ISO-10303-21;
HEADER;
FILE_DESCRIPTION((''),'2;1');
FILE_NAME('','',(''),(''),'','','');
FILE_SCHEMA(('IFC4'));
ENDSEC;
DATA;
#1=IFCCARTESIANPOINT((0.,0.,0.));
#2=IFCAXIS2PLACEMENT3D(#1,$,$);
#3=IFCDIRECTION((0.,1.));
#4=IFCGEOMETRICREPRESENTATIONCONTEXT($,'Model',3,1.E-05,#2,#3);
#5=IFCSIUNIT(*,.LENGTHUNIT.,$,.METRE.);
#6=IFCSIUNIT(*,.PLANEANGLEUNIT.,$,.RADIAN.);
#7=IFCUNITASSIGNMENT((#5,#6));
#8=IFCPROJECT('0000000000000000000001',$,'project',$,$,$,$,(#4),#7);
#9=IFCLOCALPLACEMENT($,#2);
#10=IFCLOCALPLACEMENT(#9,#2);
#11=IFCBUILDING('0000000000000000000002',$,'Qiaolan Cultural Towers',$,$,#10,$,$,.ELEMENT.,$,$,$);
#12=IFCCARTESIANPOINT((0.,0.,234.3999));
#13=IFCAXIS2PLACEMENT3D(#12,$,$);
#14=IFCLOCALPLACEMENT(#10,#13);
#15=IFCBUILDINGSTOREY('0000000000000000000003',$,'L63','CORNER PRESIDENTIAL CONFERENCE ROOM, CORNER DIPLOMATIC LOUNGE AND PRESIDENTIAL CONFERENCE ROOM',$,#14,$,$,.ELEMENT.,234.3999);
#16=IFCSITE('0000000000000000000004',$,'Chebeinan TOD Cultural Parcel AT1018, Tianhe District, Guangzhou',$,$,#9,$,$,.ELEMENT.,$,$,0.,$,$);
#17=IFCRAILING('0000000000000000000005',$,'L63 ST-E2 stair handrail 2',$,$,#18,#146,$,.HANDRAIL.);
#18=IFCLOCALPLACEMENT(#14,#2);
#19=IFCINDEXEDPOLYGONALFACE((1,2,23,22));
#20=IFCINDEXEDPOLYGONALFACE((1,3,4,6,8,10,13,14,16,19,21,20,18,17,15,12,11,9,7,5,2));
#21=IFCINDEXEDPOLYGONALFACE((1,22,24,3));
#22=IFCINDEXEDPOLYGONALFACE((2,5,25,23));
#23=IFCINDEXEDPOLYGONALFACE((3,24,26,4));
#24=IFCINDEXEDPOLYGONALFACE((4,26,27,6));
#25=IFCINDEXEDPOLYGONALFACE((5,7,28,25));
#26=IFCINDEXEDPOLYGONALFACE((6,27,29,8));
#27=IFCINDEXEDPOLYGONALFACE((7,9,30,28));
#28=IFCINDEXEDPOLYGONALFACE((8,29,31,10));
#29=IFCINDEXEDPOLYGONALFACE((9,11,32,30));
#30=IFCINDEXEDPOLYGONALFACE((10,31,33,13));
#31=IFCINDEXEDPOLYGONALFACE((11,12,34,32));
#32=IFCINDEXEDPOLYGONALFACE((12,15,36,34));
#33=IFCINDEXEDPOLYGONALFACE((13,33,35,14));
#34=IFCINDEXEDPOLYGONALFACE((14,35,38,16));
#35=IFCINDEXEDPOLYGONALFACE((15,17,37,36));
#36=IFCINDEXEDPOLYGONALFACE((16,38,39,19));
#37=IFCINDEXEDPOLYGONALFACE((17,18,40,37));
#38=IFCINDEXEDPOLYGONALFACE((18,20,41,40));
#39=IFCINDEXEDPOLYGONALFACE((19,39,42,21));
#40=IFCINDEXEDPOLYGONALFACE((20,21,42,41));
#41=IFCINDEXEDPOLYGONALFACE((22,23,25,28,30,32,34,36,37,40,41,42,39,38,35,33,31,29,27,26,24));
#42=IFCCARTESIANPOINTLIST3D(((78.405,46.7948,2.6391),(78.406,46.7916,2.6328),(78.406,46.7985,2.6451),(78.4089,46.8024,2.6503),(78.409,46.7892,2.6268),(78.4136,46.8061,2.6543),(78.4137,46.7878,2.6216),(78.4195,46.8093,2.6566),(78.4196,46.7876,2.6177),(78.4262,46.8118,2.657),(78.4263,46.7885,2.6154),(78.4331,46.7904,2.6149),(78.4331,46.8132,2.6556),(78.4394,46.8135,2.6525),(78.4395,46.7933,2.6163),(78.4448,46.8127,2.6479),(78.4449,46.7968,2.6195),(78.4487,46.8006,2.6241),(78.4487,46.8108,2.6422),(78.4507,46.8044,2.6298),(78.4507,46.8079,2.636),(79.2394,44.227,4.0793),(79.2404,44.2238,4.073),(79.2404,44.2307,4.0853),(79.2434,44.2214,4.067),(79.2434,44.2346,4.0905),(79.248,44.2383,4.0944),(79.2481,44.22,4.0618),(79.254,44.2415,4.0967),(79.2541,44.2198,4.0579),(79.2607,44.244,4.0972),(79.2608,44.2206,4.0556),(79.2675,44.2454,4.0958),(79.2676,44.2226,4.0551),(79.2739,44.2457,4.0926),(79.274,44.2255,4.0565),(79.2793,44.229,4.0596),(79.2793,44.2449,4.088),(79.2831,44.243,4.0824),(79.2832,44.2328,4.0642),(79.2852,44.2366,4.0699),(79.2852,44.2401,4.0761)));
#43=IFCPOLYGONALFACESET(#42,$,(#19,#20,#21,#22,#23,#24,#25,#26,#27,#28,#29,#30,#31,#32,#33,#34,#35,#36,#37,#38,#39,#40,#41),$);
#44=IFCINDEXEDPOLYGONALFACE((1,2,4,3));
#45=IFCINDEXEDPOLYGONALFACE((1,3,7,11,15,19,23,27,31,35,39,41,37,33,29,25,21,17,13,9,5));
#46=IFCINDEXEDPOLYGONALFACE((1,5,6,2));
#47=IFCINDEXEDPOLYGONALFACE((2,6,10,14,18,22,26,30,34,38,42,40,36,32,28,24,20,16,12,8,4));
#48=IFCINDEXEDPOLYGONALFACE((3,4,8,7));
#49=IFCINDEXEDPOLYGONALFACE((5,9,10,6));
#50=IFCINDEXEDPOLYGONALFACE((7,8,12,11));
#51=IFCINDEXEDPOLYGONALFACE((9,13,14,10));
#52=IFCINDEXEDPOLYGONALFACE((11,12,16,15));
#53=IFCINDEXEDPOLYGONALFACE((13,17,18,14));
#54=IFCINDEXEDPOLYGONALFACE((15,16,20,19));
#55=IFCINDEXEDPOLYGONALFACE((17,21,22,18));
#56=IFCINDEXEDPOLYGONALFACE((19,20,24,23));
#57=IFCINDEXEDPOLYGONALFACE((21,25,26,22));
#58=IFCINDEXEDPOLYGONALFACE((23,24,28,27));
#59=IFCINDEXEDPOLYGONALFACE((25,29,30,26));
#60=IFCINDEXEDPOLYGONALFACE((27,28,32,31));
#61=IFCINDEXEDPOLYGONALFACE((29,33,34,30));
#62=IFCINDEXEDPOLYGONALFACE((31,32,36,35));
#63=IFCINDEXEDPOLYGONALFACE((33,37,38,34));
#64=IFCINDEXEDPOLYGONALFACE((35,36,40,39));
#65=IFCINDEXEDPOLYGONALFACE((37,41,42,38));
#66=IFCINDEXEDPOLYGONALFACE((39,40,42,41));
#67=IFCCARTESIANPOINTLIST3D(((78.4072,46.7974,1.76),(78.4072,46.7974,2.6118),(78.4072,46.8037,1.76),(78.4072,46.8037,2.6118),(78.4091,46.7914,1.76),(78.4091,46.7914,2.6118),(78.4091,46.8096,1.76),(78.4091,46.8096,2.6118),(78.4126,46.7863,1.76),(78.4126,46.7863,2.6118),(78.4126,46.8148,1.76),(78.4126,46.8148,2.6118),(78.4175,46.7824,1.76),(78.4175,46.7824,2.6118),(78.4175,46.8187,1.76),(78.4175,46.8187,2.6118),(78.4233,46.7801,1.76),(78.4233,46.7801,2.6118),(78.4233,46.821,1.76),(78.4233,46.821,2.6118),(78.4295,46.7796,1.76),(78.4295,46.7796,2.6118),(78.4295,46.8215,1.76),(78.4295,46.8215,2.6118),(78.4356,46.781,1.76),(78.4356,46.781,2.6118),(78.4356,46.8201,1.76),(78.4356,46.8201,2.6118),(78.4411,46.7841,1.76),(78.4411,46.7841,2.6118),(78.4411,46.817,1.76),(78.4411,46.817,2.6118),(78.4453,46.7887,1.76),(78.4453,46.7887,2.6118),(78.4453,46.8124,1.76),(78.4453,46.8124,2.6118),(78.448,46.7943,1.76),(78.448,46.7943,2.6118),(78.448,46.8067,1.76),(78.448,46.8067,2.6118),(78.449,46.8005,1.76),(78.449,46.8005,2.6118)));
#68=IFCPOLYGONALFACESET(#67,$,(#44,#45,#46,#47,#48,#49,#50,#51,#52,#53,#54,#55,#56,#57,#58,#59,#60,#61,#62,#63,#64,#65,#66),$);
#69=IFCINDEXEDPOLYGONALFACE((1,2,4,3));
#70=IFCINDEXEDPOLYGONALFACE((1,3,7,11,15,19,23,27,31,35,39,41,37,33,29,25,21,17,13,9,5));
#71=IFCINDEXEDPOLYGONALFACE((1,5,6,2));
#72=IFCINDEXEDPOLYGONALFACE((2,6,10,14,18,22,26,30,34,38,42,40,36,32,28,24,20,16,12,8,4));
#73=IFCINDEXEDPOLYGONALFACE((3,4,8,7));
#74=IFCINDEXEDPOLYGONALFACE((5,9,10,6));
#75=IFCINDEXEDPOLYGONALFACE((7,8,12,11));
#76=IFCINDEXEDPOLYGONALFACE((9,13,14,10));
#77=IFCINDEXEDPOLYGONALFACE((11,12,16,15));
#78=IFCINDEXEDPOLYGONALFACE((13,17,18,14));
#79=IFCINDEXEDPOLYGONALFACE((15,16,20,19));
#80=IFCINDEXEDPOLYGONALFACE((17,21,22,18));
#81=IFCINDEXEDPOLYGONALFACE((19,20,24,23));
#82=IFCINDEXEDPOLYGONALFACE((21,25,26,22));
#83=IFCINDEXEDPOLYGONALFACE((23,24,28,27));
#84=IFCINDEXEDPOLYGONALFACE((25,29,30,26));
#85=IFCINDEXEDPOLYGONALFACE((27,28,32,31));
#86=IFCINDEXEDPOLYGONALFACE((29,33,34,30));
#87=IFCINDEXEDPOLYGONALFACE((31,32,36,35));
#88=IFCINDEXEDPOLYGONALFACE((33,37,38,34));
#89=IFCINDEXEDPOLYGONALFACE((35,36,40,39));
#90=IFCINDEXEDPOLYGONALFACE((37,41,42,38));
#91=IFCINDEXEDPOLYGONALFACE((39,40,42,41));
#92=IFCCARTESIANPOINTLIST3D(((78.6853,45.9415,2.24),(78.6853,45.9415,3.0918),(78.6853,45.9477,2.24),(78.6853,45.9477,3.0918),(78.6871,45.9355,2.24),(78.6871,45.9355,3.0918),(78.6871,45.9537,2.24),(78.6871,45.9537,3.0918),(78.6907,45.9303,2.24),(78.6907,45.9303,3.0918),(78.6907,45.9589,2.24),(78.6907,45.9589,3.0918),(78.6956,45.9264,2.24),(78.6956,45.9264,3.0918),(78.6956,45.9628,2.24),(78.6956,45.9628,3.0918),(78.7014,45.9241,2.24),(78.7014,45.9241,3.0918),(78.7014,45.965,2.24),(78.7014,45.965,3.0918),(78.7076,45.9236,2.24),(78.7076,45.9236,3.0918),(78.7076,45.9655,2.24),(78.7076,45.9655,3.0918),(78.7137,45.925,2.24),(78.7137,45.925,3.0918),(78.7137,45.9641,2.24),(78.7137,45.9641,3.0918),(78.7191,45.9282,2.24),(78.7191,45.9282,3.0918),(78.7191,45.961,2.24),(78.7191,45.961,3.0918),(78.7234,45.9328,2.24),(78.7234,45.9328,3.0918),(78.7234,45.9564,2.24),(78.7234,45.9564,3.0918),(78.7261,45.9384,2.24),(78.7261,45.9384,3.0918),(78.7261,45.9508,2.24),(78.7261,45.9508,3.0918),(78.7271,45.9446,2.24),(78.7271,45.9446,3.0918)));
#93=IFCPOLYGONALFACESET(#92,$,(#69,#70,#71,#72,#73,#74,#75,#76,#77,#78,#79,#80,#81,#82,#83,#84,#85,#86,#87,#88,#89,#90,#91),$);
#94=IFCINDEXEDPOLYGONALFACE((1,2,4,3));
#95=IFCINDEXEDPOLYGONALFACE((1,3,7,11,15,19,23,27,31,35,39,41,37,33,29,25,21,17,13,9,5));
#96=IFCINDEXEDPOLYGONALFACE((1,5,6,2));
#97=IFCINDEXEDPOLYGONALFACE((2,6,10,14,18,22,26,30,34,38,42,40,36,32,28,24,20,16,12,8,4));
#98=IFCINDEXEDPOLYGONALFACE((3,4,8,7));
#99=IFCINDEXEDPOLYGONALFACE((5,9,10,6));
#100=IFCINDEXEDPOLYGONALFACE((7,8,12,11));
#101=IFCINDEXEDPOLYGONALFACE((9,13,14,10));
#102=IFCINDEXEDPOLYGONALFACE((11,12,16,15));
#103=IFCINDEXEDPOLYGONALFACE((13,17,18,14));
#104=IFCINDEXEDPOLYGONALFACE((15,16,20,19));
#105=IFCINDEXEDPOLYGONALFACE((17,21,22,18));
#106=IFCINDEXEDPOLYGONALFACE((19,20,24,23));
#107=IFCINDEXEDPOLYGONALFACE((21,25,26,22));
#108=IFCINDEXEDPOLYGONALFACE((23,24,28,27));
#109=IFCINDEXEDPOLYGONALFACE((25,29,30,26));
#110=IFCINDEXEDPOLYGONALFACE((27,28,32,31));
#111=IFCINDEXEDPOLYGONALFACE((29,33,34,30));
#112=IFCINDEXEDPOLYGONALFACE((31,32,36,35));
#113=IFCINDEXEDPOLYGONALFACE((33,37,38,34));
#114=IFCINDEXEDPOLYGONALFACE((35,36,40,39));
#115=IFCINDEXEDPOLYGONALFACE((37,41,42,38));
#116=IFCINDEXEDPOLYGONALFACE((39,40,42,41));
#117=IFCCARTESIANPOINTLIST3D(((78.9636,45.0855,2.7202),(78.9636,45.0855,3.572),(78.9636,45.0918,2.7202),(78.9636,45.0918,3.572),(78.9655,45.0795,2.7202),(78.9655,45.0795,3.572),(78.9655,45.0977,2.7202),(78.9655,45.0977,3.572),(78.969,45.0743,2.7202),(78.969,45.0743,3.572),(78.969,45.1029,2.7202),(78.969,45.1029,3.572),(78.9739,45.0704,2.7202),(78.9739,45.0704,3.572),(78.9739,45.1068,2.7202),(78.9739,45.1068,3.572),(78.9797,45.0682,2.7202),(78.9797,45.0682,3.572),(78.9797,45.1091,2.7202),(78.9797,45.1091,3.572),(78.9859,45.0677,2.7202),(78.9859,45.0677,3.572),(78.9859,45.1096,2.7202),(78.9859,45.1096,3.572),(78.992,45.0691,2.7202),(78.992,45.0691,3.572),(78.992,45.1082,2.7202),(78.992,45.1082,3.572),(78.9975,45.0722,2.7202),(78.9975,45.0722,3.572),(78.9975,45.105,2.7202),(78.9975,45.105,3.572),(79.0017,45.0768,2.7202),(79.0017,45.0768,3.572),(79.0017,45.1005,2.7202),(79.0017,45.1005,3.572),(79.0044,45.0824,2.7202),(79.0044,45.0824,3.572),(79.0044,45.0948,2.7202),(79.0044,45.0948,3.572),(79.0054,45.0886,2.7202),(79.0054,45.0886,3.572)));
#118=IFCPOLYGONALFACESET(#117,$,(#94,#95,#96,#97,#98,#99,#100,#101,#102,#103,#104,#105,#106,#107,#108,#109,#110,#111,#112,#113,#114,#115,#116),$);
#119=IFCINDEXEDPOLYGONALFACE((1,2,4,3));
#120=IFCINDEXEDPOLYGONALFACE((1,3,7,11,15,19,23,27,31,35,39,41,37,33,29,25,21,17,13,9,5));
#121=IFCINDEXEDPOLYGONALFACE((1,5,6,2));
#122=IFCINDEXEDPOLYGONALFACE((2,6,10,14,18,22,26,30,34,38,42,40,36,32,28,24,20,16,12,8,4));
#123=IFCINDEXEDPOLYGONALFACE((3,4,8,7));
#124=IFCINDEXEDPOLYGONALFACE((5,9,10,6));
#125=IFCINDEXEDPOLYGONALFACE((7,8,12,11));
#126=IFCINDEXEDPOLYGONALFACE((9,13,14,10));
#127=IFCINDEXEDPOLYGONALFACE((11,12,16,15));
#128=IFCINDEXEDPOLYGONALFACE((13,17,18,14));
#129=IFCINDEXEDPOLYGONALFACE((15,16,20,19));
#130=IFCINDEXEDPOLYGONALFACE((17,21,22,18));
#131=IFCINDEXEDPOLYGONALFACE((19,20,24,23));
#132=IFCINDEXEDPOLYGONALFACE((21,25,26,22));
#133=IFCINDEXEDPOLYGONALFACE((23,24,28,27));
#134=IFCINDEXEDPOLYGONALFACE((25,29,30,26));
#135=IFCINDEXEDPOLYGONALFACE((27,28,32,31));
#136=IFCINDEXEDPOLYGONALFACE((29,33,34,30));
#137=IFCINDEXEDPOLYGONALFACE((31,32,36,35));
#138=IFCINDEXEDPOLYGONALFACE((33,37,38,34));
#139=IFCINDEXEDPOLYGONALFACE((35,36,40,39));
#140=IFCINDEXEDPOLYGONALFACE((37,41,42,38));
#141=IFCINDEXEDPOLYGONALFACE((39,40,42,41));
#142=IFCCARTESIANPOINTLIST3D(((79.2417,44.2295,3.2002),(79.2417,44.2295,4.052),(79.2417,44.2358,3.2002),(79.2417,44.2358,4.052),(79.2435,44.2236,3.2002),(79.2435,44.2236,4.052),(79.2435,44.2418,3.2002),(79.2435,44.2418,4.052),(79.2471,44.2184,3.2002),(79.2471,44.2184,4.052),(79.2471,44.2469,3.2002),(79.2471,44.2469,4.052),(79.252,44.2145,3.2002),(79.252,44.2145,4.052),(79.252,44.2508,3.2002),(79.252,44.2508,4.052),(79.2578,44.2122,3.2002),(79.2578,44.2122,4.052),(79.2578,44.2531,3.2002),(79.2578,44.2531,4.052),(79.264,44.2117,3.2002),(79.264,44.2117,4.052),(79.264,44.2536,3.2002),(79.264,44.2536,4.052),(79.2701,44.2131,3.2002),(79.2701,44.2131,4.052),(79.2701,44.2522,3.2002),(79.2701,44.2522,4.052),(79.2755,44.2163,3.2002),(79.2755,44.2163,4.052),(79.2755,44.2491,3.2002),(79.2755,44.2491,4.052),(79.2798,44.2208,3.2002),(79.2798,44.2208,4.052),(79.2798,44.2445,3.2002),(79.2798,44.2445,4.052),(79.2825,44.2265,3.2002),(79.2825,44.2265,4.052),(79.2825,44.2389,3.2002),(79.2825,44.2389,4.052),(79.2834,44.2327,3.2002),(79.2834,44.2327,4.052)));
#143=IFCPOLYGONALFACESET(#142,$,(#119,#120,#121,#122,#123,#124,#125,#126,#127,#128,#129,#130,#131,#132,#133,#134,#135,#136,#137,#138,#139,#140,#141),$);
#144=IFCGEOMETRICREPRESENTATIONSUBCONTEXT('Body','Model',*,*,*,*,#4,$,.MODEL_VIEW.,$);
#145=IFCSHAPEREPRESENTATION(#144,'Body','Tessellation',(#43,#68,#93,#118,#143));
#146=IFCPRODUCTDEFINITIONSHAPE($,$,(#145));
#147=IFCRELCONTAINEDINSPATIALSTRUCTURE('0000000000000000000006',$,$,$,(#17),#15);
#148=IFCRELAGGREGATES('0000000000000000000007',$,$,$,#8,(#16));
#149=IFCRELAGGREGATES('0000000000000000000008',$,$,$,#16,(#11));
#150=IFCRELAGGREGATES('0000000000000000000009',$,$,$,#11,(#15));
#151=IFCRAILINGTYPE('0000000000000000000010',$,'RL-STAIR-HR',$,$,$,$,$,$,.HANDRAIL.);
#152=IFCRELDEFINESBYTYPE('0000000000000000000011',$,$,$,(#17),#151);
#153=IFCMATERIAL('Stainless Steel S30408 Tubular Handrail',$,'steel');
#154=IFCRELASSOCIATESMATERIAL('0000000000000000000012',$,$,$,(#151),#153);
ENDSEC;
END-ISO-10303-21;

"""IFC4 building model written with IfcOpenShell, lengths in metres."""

from ifc_helpers import new_model, si_unit, direction, frame, origin, origin_2d, place, context, subcontext, project, spatial, circle, extrude, material, type_object, element, save


model = new_model("IFC4")

# Units and contexts
model_context = context("Model", 3, precision=1e-05, world=origin(), true_north=direction((0.0, 1.0)))
body_context = subcontext(model_context, "Body", "Model", "MODEL_VIEW")
ifc_project = project(units=[si_unit("LENGTHUNIT", "METRE"), si_unit("PLANEANGLEUNIT", "RADIAN")], contexts=[model_context])

# Site, building, storey
site_placement = place(None, origin())
site = spatial("IfcSite", under=ifc_project, at=site_placement, Name="Chebeinan TOD Cultural Parcel AT1018, Tianhe District, Guangzhou", CompositionType="ELEMENT", RefElevation=0.0)
building_placement = place(site_placement, origin())
building = spatial("IfcBuilding", under=site, at=building_placement, Name="Qiaolan Cultural Towers", CompositionType="ELEMENT")
storey_placement = place(building_placement, frame((0.0, 0.0, 234.3999)))
storey = spatial("IfcBuildingStorey", under=building, at=storey_placement, Name="L63", Description="CORNER PRESIDENTIAL CONFERENCE ROOM, CORNER DIPLOMATIC LOUNGE AND PRESIDENTIAL CONFERENCE ROOM", CompositionType="ELEMENT", Elevation=234.3999)

# Railing
ifc_material_1 = material(Name="Stainless Steel S30408 Tubular Handrail", Category="steel")
railing_type_1 = type_object("IfcRailingType", Name="RL-STAIR-HR", PredefinedType="HANDRAIL", material=ifc_material_1)
railing_1_placement = place(storey_placement, frame((78.428, 46.8005, 1.76)))
element("IfcRailing", 1, at=railing_1_placement, inside=storey, type_object=railing_type_1, Name="L63 ST-E2 stair handrail 2", PredefinedType="HANDRAIL", context=body_context, shape_type="SweptSolid", body=[
    extrude(circle(Radius=0.0239, at=origin_2d()), frame((0.0, 0.0, 0.876), z_axis=(0.272691, -0.839136, 0.470628), x_axis=(0.951043, 0.309057, 0.0)), (0.0, 0.0, 1.0), 3.0601),
    extrude(circle(Radius=0.021, at=origin_2d()), origin(), (0.0, 0.0, 1.0), 0.8518),
    extrude(circle(Radius=0.021, at=origin_2d()), frame((0.2781, -0.856, 0.48)), (0.0, 0.0, 1.0), 0.8518),
    extrude(circle(Radius=0.021, at=origin_2d()), frame((0.5564, -1.7119, 0.9602)), (0.0, 0.0, 1.0), 0.8518),
    extrude(circle(Radius=0.021, at=origin_2d()), frame((0.8345, -2.5679, 1.4402)), (0.0, 0.0, 1.0), 0.8518),
])

save(model, "model.ifc")
